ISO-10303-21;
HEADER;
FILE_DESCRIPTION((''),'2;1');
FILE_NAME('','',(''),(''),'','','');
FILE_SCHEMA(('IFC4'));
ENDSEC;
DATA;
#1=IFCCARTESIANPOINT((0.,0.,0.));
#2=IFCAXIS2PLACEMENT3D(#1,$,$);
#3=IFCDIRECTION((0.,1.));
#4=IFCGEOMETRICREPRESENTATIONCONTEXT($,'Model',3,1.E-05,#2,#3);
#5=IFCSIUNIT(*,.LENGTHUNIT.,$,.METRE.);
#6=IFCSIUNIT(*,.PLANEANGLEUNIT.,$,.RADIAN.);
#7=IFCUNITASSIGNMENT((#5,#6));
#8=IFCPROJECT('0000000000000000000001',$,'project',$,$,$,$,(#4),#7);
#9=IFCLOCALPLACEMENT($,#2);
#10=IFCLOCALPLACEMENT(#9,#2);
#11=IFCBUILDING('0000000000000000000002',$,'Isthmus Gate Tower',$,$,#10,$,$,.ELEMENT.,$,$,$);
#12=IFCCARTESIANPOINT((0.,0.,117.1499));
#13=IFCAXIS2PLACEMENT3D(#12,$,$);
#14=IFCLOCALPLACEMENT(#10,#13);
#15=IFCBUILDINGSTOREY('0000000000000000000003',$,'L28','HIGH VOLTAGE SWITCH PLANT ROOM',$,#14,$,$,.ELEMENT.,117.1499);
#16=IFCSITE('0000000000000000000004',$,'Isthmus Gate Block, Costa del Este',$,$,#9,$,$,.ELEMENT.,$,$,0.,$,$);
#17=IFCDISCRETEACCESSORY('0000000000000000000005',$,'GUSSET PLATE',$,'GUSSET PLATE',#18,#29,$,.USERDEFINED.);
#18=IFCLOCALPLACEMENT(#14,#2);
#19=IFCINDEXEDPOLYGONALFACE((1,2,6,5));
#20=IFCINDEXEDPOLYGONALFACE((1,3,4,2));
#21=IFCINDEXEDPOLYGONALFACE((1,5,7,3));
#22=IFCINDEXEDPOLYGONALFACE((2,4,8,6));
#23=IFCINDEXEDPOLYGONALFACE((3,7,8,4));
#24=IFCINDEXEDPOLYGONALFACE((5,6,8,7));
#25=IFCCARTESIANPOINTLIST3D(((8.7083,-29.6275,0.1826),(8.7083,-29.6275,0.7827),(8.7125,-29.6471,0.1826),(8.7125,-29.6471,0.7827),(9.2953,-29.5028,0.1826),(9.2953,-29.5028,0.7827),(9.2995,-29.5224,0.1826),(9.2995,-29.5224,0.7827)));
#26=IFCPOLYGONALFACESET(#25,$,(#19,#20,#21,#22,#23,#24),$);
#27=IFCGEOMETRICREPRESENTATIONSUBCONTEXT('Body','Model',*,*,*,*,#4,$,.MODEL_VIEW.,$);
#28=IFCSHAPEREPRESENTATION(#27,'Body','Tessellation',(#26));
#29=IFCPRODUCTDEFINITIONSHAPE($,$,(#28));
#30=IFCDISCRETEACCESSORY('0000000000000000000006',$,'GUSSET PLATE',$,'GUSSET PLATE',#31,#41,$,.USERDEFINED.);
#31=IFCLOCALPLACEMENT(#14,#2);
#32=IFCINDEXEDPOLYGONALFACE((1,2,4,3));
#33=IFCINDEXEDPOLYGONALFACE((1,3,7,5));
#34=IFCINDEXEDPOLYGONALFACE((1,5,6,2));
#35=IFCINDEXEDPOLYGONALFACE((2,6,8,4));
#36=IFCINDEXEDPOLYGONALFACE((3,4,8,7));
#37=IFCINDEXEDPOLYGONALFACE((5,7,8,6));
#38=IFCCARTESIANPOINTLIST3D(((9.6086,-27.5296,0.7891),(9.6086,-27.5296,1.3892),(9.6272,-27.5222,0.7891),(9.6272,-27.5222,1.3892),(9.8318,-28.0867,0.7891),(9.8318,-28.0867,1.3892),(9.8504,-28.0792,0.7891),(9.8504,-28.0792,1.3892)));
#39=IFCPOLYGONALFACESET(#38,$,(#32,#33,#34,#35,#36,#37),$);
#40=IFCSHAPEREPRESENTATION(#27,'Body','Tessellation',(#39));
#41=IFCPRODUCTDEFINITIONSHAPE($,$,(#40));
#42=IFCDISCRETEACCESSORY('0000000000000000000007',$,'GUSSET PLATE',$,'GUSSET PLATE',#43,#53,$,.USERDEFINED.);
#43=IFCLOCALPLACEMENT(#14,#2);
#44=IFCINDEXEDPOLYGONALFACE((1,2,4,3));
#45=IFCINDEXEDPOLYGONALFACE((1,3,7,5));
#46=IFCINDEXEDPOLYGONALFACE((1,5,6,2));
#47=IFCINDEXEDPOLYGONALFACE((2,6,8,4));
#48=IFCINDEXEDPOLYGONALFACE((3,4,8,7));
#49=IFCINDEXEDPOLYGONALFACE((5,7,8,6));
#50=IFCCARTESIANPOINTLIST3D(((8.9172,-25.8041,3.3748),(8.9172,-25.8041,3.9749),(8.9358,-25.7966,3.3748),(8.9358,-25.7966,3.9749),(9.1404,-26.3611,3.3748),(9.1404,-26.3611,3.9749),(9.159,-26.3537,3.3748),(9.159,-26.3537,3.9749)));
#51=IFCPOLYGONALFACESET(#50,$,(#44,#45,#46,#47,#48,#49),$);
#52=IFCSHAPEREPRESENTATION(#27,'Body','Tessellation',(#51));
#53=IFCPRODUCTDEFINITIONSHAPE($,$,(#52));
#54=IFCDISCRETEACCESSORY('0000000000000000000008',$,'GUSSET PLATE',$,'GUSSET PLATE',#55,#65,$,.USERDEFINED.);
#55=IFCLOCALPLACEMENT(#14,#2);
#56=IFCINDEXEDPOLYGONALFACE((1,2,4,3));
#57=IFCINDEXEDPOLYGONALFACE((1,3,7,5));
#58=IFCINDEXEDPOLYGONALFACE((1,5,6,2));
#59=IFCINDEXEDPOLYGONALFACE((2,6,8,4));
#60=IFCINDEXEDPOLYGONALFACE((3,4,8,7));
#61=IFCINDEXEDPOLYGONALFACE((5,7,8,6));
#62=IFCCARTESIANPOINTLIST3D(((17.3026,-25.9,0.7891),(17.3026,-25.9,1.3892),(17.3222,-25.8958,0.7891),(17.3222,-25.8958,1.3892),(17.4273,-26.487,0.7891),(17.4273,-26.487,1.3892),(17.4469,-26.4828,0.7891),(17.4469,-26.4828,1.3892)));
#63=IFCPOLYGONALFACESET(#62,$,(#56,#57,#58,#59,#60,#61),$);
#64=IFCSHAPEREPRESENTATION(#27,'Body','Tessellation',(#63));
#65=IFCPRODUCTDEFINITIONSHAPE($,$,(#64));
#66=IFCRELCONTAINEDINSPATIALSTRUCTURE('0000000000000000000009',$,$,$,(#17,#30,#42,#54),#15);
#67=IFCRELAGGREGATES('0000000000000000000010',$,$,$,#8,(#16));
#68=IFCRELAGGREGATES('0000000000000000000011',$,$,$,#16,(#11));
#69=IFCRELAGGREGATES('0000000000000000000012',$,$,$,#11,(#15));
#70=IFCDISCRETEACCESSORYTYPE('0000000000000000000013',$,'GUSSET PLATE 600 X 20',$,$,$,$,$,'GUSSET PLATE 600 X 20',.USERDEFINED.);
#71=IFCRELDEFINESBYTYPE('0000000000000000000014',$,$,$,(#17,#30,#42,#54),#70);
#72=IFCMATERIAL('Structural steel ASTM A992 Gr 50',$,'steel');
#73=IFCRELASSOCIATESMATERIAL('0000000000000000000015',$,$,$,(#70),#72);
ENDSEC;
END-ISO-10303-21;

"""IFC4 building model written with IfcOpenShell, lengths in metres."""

from ifc_helpers import new_model, si_unit, direction, frame, origin, origin_2d, place, context, subcontext, project, spatial, rectangle, extrude, material, type_object, element, save


model = new_model("IFC4")

# Units and contexts
model_context = context("Model", 3, precision=1e-05, world=origin(), true_north=direction((0.0, 1.0)))
body_context = subcontext(model_context, "Body", "Model", "MODEL_VIEW")
ifc_project = project(units=[si_unit("LENGTHUNIT", "METRE"), si_unit("PLANEANGLEUNIT", "RADIAN")], contexts=[model_context])

# Site, building, storey
site_placement = place(None, origin())
site = spatial("IfcSite", under=ifc_project, at=site_placement, Name="Isthmus Gate Block, Costa del Este", CompositionType="ELEMENT", RefElevation=0.0)
building_placement = place(site_placement, origin())
building = spatial("IfcBuilding", under=site, at=building_placement, Name="Isthmus Gate Tower", CompositionType="ELEMENT")
storey_placement = place(building_placement, frame((0.0, 0.0, 117.1499)))
storey = spatial("IfcBuildingStorey", under=building, at=storey_placement, Name="L28", Description="HIGH VOLTAGE SWITCH PLANT ROOM", CompositionType="ELEMENT", Elevation=117.1499)

# Discrete accessories
ifc_material_1 = material(Name="Structural steel ASTM A992 Gr 50", Category="steel")
discrete_accessory_type_1 = type_object("IfcDiscreteAccessoryType", Name="GUSSET PLATE 600 X 20", ElementType="GUSSET PLATE 600 X 20", PredefinedType="USERDEFINED", material=ifc_material_1)
for number, where, z_axis, x_axis, name in (
    (1, (9.0039, -29.575, 0.1826), (0.0, 0.0, 1.0), (-0.978148, -0.207912, 0.0), "GUSSET PLATE"),
    (2, (9.7295, -27.8044, 0.7891), (0.0, 0.0, 1.0), (-0.371964, 0.928247, 0.0), "GUSSET PLATE"),
    (3, (9.0381, -26.0789, 3.3748), (0.0, 0.0, 1.0), (-0.371964, 0.928247, 0.0), "GUSSET PLATE"),
    (4, (17.3748, -26.1914, 0.7891), (0.0, 0.0, 1.0), (-0.207912, 0.978148, 0.0), "GUSSET PLATE"),
):
    element("IfcDiscreteAccessory", number, at=place(storey_placement, frame(where, z_axis=z_axis, x_axis=x_axis)), inside=storey, type_object=discrete_accessory_type_1, Name=name, ObjectType="GUSSET PLATE", PredefinedType="USERDEFINED", context=body_context, shape_type="SweptSolid", body=[
        extrude(rectangle(XDim=0.6001, YDim=0.02, at=origin_2d()), origin(), (0.0, 0.0, 1.0), 0.6001),
    ])

save(model, "model.ifc")
